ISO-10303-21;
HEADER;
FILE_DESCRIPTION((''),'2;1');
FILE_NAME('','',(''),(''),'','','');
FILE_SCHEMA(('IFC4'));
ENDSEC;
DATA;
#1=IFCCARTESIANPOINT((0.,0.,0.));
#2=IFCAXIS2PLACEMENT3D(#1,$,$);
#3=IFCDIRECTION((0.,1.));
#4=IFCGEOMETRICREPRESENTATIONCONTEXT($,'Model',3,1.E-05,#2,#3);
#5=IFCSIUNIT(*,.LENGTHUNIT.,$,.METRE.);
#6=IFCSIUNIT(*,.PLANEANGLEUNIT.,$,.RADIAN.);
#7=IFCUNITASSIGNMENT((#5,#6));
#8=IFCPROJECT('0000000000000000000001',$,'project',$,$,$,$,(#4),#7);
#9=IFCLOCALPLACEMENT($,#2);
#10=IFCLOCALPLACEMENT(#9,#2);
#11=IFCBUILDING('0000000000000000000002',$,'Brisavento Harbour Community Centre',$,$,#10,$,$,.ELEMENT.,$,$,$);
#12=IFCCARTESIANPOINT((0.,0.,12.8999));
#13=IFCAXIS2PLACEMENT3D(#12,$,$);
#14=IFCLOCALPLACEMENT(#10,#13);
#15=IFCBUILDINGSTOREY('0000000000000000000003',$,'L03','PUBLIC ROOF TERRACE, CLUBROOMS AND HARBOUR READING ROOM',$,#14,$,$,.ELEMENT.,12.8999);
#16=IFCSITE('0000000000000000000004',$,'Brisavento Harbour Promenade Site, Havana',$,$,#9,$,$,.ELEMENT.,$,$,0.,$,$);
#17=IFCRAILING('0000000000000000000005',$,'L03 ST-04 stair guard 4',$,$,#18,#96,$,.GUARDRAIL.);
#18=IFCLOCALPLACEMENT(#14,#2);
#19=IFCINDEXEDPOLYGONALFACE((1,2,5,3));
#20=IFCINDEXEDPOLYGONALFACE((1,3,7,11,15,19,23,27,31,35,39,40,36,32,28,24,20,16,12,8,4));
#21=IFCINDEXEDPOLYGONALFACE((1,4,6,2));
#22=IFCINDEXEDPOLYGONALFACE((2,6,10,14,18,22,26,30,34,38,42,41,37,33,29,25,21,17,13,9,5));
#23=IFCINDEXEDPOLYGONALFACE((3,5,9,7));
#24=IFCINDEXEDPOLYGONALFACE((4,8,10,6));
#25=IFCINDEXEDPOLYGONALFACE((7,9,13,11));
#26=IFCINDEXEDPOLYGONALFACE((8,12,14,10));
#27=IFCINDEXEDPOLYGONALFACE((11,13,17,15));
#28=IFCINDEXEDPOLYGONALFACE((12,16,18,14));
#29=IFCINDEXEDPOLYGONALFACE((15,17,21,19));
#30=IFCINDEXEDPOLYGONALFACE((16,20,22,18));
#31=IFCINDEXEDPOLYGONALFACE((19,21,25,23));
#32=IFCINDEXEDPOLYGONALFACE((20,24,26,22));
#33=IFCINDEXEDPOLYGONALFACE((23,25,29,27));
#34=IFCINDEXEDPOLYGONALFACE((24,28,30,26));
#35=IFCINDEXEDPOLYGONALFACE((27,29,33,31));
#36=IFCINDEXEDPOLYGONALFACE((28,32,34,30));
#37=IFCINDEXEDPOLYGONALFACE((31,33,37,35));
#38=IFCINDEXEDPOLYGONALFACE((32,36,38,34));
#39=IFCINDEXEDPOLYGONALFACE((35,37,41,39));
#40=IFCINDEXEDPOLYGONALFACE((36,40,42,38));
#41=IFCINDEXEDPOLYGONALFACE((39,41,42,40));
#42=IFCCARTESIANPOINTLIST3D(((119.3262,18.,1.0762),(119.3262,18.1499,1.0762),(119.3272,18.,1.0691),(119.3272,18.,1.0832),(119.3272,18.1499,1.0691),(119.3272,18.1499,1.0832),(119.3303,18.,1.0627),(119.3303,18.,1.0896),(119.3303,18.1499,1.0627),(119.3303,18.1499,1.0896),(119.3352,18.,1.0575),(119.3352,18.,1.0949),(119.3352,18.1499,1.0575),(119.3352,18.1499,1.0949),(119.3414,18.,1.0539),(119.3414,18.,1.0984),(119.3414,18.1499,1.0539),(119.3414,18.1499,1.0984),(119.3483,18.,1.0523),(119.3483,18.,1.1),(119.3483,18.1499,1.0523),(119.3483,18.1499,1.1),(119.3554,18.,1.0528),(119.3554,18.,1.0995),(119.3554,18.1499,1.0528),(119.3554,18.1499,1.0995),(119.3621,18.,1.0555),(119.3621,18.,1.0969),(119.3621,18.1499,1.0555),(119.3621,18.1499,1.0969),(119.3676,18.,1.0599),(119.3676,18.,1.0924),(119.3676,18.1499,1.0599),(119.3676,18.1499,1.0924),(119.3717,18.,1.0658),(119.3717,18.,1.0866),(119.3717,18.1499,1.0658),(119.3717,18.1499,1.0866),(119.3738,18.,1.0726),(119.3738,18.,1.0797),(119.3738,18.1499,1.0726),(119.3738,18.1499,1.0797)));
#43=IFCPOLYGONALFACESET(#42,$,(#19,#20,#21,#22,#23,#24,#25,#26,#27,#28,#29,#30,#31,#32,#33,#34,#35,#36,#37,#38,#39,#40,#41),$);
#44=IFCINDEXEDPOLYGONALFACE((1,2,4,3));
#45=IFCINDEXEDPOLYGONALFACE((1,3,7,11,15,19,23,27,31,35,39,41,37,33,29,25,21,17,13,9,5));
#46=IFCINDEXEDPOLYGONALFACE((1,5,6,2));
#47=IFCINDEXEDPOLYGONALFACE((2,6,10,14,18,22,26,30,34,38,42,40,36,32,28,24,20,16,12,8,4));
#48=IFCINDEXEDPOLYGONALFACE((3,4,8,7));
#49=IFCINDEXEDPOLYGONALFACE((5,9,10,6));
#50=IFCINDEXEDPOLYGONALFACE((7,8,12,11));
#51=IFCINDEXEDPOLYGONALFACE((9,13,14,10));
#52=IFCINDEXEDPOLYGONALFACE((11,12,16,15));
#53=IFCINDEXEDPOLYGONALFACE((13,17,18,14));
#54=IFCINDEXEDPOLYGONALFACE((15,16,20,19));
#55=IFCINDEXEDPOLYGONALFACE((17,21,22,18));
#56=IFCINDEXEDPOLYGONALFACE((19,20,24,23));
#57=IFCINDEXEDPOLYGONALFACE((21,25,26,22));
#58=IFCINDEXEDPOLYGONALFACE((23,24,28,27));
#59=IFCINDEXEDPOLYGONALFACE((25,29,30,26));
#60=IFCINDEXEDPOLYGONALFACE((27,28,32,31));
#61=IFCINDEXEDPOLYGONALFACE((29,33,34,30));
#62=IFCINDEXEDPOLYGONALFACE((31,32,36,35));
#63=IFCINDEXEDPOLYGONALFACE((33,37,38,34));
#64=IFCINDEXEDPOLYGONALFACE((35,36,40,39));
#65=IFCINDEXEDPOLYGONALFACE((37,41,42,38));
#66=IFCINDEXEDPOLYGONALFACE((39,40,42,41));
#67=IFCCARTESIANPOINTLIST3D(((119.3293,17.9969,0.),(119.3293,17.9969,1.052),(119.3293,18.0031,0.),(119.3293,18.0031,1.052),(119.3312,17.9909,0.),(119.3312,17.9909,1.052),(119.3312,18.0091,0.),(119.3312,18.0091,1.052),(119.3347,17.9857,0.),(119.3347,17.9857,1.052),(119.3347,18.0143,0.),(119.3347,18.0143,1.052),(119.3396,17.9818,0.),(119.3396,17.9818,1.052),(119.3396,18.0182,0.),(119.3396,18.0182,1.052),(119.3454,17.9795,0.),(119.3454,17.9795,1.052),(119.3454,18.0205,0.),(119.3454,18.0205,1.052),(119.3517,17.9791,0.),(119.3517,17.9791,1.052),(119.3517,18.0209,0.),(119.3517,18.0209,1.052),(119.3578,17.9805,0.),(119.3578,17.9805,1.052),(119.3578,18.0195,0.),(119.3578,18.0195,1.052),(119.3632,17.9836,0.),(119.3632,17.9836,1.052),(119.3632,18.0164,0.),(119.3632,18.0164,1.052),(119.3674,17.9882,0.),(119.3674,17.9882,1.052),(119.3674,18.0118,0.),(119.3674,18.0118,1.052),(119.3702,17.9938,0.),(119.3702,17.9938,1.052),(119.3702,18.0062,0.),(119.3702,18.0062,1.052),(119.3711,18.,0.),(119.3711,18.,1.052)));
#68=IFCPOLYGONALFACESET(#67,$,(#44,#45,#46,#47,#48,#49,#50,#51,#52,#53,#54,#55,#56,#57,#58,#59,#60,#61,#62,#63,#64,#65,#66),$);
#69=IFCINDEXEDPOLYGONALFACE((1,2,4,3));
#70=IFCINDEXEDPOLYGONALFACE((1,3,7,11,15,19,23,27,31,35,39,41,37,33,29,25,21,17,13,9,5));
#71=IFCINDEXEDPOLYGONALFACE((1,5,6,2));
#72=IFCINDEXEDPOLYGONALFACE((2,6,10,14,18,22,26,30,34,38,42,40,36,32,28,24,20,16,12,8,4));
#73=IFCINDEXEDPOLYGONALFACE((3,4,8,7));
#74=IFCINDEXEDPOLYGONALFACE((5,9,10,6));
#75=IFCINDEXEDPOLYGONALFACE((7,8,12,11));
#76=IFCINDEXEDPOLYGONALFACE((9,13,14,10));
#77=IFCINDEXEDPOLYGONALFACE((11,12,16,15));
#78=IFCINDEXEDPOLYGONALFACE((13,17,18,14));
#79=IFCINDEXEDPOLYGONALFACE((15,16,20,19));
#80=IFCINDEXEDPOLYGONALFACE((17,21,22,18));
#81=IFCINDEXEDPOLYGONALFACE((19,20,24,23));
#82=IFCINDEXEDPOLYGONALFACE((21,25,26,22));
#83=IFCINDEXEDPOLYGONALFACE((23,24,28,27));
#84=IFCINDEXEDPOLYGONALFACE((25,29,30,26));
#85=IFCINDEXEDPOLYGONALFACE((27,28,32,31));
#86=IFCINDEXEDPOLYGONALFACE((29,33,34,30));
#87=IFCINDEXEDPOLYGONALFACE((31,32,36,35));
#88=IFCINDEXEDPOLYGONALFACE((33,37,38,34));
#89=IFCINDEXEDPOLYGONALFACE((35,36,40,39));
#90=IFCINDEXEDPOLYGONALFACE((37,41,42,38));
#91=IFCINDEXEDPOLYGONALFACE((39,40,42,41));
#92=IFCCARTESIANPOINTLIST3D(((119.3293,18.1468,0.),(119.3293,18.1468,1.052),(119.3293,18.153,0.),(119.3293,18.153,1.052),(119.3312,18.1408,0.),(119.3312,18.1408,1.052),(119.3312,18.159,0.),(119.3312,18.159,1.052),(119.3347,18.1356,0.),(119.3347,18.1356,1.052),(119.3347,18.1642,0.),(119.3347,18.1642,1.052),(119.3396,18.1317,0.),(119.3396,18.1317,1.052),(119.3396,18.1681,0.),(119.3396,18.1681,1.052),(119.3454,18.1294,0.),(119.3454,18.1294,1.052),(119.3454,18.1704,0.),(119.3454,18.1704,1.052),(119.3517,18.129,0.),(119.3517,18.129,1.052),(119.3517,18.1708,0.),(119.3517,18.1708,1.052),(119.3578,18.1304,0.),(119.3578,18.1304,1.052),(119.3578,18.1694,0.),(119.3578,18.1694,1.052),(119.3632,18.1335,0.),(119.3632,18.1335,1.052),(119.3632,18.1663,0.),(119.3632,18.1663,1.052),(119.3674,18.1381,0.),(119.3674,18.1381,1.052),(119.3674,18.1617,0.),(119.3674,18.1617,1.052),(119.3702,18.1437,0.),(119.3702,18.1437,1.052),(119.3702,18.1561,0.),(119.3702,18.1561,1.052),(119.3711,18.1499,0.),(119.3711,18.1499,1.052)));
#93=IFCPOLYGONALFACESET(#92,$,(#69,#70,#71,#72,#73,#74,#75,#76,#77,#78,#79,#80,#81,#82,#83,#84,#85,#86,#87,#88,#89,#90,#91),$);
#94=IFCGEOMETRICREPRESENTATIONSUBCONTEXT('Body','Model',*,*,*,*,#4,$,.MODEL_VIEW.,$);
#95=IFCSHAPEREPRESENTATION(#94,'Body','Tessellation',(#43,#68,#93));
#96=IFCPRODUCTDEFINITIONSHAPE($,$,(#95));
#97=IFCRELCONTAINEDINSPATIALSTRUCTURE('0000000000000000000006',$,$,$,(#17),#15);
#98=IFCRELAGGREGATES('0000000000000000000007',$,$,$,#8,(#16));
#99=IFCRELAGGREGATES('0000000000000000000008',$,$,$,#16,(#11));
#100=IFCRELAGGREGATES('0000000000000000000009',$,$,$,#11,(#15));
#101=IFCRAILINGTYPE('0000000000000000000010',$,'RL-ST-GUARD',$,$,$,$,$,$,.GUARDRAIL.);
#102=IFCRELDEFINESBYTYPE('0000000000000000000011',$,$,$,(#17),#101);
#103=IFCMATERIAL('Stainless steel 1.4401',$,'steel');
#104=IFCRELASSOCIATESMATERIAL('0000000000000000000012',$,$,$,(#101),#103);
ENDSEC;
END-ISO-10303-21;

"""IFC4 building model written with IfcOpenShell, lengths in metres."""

from ifc_helpers import new_model, si_unit, direction, frame, origin, origin_2d, place, context, subcontext, project, spatial, circle, extrude, material, type_object, element, save


model = new_model("IFC4")

# Units and contexts
model_context = context("Model", 3, precision=1e-05, world=origin(), true_north=direction((0.0, 1.0)))
body_context = subcontext(model_context, "Body", "Model", "MODEL_VIEW")
ifc_project = project(units=[si_unit("LENGTHUNIT", "METRE"), si_unit("PLANEANGLEUNIT", "RADIAN")], contexts=[model_context])

# Site, building, storey
site_placement = place(None, origin())
site = spatial("IfcSite", under=ifc_project, at=site_placement, Name="Brisavento Harbour Promenade Site, Havana", CompositionType="ELEMENT", RefElevation=0.0)
building_placement = place(site_placement, origin())
building = spatial("IfcBuilding", under=site, at=building_placement, Name="Brisavento Harbour Community Centre", CompositionType="ELEMENT")
storey_placement = place(building_placement, frame((0.0, 0.0, 12.8999)))
storey = spatial("IfcBuildingStorey", under=building, at=storey_placement, Name="L03", Description="PUBLIC ROOF TERRACE, CLUBROOMS AND HARBOUR READING ROOM", CompositionType="ELEMENT", Elevation=12.8999)

# Railing
ifc_material_1 = material(Name="Stainless steel 1.4401", Category="steel")
railing_type_1 = type_object("IfcRailingType", Name="RL-ST-GUARD", PredefinedType="GUARDRAIL", material=ifc_material_1)
railing_1_placement = place(storey_placement, frame((119.3501, 18.0, 0.0)))
element("IfcRailing", 1, at=railing_1_placement, inside=storey, type_object=railing_type_1, Name="L03 ST-04 stair guard 4", PredefinedType="GUARDRAIL", context=body_context, shape_type="SweptSolid", body=[
    extrude(circle(Radius=0.0239, at=origin_2d()), frame((0.0, 0.0, 1.0762), z_axis=(0.0, 1.0, 0.0), x_axis=(-1.0, 0.0, 0.0)), (0.0, 0.0, 1.0), 0.1499),
    extrude(circle(Radius=0.021, at=origin_2d()), origin(), (0.0, 0.0, 1.0), 1.052),
    extrude(circle(Radius=0.021, at=origin_2d()), frame((0.0, 0.1499, 0.0)), (0.0, 0.0, 1.0), 1.052),
])

save(model, "model.ifc")
